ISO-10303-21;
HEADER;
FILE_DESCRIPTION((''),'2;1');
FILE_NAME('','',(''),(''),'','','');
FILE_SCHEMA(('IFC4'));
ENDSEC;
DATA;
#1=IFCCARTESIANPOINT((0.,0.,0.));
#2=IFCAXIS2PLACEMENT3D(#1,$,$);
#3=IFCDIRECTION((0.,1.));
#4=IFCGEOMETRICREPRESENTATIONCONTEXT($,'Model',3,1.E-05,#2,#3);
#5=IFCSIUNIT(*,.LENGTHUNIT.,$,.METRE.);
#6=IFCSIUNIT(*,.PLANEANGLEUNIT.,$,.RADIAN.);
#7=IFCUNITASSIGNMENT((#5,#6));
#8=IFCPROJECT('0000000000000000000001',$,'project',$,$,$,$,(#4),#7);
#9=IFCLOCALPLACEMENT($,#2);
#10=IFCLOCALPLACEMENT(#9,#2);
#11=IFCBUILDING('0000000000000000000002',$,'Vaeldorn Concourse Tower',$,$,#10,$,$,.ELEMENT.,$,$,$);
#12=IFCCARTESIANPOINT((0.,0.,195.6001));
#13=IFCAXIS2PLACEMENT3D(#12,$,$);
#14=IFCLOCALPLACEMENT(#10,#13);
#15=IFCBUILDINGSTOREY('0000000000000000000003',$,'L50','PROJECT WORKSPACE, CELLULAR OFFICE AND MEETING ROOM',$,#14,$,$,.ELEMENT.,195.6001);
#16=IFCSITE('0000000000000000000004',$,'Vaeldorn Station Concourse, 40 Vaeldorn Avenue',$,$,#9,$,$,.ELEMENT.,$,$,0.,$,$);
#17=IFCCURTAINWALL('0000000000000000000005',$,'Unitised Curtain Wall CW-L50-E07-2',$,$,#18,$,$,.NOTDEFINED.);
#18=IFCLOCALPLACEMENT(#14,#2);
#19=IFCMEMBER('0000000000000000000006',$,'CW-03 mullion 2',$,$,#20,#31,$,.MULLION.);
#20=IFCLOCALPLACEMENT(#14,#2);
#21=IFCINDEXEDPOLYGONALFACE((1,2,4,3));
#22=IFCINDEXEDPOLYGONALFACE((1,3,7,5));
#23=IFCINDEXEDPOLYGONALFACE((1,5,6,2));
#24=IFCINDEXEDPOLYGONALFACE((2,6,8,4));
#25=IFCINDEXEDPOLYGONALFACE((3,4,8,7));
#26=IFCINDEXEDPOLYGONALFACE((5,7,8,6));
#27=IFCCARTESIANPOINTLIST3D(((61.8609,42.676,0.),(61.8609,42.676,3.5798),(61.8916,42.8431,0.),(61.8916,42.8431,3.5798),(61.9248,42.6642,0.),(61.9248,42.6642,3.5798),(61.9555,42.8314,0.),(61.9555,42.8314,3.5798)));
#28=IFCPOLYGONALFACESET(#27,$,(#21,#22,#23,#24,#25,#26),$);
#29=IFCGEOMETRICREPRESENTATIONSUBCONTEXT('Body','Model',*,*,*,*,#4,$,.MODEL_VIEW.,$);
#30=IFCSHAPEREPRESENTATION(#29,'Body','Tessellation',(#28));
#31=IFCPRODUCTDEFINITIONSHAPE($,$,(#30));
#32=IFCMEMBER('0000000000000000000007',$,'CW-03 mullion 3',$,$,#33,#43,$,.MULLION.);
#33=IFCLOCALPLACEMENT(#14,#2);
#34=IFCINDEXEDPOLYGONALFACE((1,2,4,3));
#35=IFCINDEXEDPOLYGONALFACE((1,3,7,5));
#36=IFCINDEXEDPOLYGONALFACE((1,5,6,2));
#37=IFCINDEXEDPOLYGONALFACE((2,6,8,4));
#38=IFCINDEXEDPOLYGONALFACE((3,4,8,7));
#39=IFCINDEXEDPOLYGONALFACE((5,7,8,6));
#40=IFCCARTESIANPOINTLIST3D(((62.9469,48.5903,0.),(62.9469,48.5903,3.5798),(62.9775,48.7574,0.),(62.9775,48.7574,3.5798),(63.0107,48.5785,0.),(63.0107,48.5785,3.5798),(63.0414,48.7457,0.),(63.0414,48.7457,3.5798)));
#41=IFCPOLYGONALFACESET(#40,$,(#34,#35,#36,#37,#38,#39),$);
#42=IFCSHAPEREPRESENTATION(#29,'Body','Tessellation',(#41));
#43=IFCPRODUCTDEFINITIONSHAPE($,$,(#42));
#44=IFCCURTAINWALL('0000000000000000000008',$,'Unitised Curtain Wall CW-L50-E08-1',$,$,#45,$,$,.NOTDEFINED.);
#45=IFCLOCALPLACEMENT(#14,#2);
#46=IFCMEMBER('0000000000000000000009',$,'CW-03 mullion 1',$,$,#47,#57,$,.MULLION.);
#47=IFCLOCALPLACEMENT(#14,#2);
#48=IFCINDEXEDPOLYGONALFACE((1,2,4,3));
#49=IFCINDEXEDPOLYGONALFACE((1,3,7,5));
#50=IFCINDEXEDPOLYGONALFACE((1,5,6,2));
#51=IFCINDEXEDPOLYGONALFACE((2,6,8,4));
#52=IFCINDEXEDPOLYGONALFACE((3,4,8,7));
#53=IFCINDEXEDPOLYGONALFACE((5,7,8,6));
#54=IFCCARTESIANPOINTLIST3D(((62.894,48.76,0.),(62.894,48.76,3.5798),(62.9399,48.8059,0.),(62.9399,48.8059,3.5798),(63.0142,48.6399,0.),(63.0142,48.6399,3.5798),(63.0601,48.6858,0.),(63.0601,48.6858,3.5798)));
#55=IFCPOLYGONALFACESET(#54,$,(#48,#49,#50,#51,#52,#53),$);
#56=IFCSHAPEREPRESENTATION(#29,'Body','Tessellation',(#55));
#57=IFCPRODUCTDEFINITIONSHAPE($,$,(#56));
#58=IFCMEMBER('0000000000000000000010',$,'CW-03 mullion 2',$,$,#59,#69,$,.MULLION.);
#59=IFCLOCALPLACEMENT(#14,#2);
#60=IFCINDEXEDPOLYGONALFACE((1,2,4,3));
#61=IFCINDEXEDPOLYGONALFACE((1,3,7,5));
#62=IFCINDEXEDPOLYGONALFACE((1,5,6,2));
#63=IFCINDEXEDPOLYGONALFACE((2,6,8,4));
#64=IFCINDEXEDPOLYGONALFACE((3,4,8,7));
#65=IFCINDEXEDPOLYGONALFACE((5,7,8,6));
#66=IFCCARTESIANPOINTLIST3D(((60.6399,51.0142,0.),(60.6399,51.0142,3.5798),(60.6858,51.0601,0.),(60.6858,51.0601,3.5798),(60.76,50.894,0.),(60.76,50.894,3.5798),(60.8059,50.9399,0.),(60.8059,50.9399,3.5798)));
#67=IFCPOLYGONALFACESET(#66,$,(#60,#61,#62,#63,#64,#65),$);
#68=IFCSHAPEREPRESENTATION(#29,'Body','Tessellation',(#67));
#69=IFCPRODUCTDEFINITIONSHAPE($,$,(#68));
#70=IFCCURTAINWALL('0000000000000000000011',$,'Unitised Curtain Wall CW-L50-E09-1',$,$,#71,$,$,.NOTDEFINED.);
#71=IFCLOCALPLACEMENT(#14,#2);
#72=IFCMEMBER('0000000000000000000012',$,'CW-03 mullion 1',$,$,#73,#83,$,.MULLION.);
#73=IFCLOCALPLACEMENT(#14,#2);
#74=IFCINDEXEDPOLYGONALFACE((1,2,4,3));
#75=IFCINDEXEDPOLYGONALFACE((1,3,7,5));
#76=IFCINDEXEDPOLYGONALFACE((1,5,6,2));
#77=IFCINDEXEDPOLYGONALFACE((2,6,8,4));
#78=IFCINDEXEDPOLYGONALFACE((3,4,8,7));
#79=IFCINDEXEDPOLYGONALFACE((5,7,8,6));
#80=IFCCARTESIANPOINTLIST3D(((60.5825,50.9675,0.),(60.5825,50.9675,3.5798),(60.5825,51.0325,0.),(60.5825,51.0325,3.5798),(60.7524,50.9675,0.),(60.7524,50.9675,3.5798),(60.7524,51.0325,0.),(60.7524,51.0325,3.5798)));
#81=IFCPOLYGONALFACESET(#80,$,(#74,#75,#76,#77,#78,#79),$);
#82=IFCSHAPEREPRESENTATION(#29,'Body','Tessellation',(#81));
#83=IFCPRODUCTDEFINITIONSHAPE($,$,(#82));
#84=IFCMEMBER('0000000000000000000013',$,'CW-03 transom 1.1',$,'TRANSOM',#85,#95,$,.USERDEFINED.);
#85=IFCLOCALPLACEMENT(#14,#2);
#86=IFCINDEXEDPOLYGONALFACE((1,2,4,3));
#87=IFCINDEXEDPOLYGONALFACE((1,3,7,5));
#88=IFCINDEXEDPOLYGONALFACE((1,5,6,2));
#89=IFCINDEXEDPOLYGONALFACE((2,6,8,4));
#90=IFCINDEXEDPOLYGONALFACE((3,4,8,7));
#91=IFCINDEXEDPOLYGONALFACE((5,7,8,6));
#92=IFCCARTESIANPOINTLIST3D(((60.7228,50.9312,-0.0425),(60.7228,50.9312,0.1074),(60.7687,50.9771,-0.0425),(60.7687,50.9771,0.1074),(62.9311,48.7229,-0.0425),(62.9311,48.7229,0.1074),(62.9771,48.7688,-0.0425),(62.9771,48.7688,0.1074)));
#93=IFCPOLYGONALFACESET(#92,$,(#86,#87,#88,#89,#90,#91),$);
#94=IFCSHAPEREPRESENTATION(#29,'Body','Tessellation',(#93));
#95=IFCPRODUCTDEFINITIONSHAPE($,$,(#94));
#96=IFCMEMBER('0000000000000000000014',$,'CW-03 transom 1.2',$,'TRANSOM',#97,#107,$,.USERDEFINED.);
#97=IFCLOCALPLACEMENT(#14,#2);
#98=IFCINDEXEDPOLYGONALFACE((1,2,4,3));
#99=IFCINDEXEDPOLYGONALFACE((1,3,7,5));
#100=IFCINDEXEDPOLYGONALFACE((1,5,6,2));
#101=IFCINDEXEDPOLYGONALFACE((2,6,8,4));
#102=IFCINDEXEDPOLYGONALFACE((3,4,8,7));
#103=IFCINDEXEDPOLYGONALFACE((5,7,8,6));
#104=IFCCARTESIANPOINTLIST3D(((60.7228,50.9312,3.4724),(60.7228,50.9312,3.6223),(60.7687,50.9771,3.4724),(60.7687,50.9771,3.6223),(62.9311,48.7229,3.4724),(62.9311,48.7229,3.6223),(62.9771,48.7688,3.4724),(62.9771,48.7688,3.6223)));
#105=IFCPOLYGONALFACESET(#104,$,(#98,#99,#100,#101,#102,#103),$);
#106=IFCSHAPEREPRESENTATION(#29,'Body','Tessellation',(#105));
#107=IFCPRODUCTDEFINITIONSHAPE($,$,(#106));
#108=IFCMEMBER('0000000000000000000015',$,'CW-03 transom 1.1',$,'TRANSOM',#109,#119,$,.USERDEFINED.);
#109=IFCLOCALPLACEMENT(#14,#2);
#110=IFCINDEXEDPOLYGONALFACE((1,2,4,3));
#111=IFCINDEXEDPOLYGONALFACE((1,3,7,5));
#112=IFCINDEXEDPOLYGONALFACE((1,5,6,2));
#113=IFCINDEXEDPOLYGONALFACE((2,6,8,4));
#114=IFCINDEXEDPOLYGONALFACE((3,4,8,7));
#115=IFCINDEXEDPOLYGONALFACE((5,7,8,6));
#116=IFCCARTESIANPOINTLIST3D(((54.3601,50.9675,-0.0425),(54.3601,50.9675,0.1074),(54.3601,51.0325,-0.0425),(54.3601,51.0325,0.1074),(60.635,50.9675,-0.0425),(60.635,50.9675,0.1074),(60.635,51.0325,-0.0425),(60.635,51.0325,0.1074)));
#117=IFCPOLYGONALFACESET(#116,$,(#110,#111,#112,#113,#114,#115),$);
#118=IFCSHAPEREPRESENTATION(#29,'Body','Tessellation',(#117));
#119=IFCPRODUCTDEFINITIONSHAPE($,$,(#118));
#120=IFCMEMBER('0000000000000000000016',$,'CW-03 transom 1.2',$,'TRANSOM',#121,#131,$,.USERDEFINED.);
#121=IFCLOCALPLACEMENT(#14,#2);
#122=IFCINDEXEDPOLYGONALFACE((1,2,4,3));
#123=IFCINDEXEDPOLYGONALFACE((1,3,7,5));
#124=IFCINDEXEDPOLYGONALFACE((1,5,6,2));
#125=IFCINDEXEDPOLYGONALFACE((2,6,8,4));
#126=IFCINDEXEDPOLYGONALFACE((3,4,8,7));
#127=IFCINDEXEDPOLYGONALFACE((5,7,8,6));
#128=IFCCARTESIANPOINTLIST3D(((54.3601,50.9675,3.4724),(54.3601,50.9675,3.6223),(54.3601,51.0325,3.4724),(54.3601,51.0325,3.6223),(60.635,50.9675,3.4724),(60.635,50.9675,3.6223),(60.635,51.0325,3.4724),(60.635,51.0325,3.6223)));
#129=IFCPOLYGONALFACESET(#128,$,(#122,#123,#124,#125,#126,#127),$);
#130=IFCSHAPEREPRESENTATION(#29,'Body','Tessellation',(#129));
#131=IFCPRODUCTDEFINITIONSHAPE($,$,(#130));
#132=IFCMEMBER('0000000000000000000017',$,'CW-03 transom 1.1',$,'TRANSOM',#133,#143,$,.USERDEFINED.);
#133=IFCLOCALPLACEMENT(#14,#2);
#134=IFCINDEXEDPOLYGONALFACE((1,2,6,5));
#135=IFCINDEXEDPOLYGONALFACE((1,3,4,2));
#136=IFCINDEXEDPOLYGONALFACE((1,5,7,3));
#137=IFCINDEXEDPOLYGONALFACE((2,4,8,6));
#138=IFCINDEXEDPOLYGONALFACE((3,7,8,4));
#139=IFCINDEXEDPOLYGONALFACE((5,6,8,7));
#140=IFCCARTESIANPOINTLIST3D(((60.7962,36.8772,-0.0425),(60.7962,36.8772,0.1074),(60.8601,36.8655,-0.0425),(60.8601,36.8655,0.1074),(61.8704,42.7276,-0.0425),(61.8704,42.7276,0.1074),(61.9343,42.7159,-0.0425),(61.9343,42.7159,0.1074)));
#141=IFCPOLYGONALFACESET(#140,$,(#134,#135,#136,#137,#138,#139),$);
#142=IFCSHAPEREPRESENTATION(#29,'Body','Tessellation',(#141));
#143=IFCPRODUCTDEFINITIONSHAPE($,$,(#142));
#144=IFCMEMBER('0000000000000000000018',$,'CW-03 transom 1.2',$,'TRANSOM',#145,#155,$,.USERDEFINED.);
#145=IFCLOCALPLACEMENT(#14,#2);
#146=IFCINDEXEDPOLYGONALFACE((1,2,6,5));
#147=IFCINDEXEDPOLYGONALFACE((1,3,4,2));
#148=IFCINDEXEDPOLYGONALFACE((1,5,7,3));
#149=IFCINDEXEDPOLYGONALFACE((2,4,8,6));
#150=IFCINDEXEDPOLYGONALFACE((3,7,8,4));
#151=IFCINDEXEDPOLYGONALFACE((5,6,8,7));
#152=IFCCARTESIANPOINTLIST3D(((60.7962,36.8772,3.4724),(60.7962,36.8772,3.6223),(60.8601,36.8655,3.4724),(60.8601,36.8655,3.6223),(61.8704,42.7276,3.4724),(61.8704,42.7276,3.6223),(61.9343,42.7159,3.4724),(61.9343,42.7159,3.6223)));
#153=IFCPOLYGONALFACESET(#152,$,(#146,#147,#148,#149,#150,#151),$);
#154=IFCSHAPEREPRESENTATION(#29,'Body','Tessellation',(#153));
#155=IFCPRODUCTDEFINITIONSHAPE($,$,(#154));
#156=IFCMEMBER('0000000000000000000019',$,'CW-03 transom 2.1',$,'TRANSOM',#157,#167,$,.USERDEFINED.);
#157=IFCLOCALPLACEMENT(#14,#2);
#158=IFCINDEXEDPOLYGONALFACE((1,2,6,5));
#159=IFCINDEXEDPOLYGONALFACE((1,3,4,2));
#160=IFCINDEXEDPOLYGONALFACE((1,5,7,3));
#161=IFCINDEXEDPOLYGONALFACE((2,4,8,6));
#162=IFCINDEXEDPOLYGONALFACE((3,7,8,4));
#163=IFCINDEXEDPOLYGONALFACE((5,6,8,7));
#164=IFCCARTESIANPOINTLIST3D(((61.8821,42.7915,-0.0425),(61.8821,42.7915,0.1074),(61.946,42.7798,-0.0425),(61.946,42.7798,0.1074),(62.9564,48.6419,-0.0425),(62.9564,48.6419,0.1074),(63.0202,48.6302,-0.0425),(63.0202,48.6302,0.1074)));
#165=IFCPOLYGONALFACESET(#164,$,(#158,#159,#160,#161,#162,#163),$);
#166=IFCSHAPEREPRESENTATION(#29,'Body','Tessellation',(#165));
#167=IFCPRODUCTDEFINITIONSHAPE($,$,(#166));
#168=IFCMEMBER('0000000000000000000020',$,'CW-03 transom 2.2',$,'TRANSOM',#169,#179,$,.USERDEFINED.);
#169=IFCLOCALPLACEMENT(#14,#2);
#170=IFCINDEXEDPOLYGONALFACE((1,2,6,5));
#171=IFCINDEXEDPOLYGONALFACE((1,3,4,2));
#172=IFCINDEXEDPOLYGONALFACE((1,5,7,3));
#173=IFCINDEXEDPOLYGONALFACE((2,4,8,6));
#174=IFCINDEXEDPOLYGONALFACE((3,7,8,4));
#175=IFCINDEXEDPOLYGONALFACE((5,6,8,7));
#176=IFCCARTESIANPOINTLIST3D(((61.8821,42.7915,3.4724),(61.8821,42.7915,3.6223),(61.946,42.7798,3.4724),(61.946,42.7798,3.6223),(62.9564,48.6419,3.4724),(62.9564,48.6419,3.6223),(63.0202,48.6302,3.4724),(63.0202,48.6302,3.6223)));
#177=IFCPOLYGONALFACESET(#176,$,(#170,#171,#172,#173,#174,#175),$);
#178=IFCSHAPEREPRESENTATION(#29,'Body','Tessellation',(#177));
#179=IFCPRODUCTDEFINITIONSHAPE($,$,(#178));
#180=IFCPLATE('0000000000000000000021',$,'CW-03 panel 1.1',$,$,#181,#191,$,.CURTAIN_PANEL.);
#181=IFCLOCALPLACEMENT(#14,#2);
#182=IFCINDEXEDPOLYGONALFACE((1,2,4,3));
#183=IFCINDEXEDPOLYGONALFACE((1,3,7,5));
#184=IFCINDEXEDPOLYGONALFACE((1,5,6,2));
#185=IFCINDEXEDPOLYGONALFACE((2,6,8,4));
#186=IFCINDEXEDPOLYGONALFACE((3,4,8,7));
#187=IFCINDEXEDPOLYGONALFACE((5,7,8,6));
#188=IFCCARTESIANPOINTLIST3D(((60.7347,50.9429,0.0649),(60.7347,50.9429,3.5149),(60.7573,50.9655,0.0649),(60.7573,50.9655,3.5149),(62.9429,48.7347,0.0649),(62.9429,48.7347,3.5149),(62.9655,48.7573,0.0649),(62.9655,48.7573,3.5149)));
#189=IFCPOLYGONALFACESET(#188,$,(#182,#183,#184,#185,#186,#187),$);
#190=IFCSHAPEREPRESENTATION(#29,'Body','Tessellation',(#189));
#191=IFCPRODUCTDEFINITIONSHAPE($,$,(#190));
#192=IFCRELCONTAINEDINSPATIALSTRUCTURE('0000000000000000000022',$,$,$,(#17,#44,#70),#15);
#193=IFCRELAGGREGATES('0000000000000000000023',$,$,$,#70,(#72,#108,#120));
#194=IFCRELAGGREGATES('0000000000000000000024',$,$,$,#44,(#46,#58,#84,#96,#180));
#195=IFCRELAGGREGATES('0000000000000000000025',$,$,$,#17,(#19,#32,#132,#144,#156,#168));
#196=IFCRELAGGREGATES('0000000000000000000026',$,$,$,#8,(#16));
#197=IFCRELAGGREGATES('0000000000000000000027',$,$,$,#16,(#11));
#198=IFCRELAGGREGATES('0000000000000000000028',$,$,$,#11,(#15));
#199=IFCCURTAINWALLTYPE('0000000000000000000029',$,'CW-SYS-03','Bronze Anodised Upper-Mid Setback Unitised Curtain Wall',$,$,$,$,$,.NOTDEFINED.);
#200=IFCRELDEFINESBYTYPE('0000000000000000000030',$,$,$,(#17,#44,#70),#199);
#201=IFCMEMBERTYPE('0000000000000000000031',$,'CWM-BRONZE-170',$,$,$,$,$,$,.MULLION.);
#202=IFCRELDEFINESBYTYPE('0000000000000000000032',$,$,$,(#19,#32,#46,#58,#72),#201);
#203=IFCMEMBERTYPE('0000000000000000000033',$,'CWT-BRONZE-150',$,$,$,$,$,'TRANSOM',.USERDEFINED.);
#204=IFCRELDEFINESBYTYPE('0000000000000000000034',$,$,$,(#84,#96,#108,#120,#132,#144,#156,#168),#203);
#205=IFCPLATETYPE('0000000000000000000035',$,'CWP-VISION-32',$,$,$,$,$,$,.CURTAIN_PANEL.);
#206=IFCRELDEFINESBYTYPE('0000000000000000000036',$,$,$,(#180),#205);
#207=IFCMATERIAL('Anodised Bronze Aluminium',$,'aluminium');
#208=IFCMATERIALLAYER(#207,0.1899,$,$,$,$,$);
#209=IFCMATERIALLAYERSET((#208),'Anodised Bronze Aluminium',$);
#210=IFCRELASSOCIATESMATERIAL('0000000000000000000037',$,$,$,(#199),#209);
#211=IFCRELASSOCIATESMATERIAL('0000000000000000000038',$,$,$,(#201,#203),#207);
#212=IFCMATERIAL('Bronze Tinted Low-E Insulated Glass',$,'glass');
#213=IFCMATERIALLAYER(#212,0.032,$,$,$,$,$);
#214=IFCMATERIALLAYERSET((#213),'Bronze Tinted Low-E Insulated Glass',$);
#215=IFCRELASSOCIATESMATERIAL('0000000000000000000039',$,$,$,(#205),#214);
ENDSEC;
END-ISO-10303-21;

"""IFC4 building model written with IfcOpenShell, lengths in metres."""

from ifc_helpers import new_model, si_unit, direction, frame, origin, origin_2d, place, context, subcontext, project, spatial, rectangle, extrude, source, transform, mapped, material, layer, layer_set, material_profile, profile_set, type_object, element, aggregate, save


model = new_model("IFC4")

# Units and contexts
model_context = context("Model", 3, precision=1e-05, world=origin(), true_north=direction((0.0, 1.0)))
body_context = subcontext(model_context, "Body", "Model", "MODEL_VIEW")
ifc_project = project(units=[si_unit("LENGTHUNIT", "METRE"), si_unit("PLANEANGLEUNIT", "RADIAN")], contexts=[model_context])

# Site, building, storey
site_placement = place(None, origin())
site = spatial("IfcSite", under=ifc_project, at=site_placement, Name="Vaeldorn Station Concourse, 40 Vaeldorn Avenue", CompositionType="ELEMENT", RefElevation=0.0)
building_placement = place(site_placement, origin())
building = spatial("IfcBuilding", under=site, at=building_placement, Name="Vaeldorn Concourse Tower", CompositionType="ELEMENT")
storey_placement = place(building_placement, frame((0.0, 0.0, 195.6001)))
storey = spatial("IfcBuildingStorey", under=building, at=storey_placement, Name="L50", Description="PROJECT WORKSPACE, CELLULAR OFFICE AND MEETING ROOM", CompositionType="ELEMENT", Elevation=195.6001)

# Curtain walls, members
ifc_material_1 = material(Name="Anodised Bronze Aluminium", Category="aluminium")
ifc_layer_1 = layer(ifc_material_1, 0.1899)
ifc_layer_set_1 = layer_set([ifc_layer_1], Name="Anodised Bronze Aluminium")
curtain_wall_type = type_object("IfcCurtainWallType", Name="CW-SYS-03", Description="Bronze Anodised Upper-Mid Setback Unitised Curtain Wall", PredefinedType="NOTDEFINED", material=ifc_layer_set_1)
curtain_wall_1_placement = place(storey_placement, origin())
curtain_wall_1 = element("IfcCurtainWall", 1, at=curtain_wall_1_placement, inside=storey, type_object=curtain_wall_type, Name="Unitised Curtain Wall CW-L50-E07-2", PredefinedType="NOTDEFINED")
ifc_material_profile_1 = material_profile(ifc_material_1, rectangle(XDim=0.0649, YDim=0.1699, at=origin_2d()), Name="CWM 65x170")
ifc_profile_set_1 = profile_set([ifc_material_profile_1], Name="Anodised Bronze Aluminium")
member_type_1 = type_object("IfcMemberType", Name="CWM-BRONZE-170", PredefinedType="MULLION", material=ifc_profile_set_1)
shared_shape_1 = source(origin(), body_context, "Body", "SweptSolid", [
    extrude(rectangle(XDim=0.0649, YDim=0.1699, at=origin_2d()), origin(), (0.0, 0.0, 1.0), 3.5798),
])
member_1_placement = place(storey_placement, frame((61.9082, 42.7537, 0.0), z_axis=(0.0, 0.0, 1.0), x_axis=(-0.983559, 0.180585, 0.0)))
member_1 = element("IfcMember", 2, at=member_1_placement, type_object=member_type_1, Name="CW-03 mullion 2", PredefinedType="MULLION", context=body_context, shape_type="MappedRepresentation", body=[
    mapped(shared_shape_1, transform((0.0, 0.0, 0.0), scale=1.0)),
])
member_2_placement = place(storey_placement, frame((62.9941, 48.668, 0.0), z_axis=(0.0, 0.0, 1.0), x_axis=(-0.983559, 0.180585, 0.0)))
member_2 = element("IfcMember", 3, at=member_2_placement, type_object=member_type_1, Name="CW-03 mullion 3", PredefinedType="MULLION", context=body_context, shape_type="MappedRepresentation", body=[
    mapped(shared_shape_1, transform((0.0, 0.0, 0.0), scale=1.0)),
])
curtain_wall_2_placement = place(storey_placement, origin())
curtain_wall_2 = element("IfcCurtainWall", 4, at=curtain_wall_2_placement, inside=storey, type_object=curtain_wall_type, Name="Unitised Curtain Wall CW-L50-E08-1", PredefinedType="NOTDEFINED")
member_3_placement = place(storey_placement, frame((62.9771, 48.7229, 0.0), z_axis=(0.0, 0.0, 1.0), x_axis=(-0.707107, -0.707107, 0.0)))
member_3 = element("IfcMember", 5, at=member_3_placement, type_object=member_type_1, Name="CW-03 mullion 1", PredefinedType="MULLION", context=body_context, shape_type="MappedRepresentation", body=[
    mapped(shared_shape_1, transform((0.0, 0.0, 0.0), scale=1.0)),
])
member_4_placement = place(storey_placement, frame((60.7229, 50.9771, 0.0), z_axis=(0.0, 0.0, 1.0), x_axis=(-0.707107, -0.707107, 0.0)))
member_4 = element("IfcMember", 6, at=member_4_placement, type_object=member_type_1, Name="CW-03 mullion 2", PredefinedType="MULLION", context=body_context, shape_type="MappedRepresentation", body=[
    mapped(shared_shape_1, transform((0.0, 0.0, 0.0), scale=1.0)),
])

# Curtain wall, member
curtain_wall_3_placement = place(storey_placement, origin())
curtain_wall_3 = element("IfcCurtainWall", 7, at=curtain_wall_3_placement, inside=storey, type_object=curtain_wall_type, Name="Unitised Curtain Wall CW-L50-E09-1", PredefinedType="NOTDEFINED")
member_5_placement = place(storey_placement, frame((60.6675, 51.0, 0.0), z_axis=(0.0, 0.0, 1.0), x_axis=(0.0, -1.0, 0.0)))
member_5 = element("IfcMember", 8, at=member_5_placement, type_object=member_type_1, Name="CW-03 mullion 1", PredefinedType="MULLION", context=body_context, shape_type="MappedRepresentation", body=[
    mapped(shared_shape_1, transform((0.0, 0.0, 0.0), scale=1.0)),
])

# Members
ifc_material_profile_2 = material_profile(ifc_material_1, rectangle(XDim=0.0649, YDim=0.1499, at=origin_2d()), Name="CWT 65x150")
ifc_profile_set_2 = profile_set([ifc_material_profile_2], Name="Anodised Bronze Aluminium")
member_type_2 = type_object("IfcMemberType", Name="CWT-BRONZE-150", ElementType="TRANSOM", PredefinedType="USERDEFINED", material=ifc_profile_set_2)
shared_shape_2 = source(origin(), body_context, "Body", "SweptSolid", [
    extrude(rectangle(XDim=0.0649, YDim=0.1499, at=origin_2d()), origin(), (0.0, 0.0, 1.0), 3.123),
])
member_6_placement = place(storey_placement, frame((62.9541, 48.7458, 0.0325), z_axis=(-0.707107, 0.707107, 0.0), x_axis=(-0.707107, -0.707107, 0.0)))
member_6 = element("IfcMember", 9, at=member_6_placement, type_object=member_type_2, Name="CW-03 transom 1.1", ObjectType="TRANSOM", PredefinedType="USERDEFINED", context=body_context, shape_type="MappedRepresentation", body=[
    mapped(shared_shape_2, transform((0.0, 0.0, 0.0), scale=1.0)),
])
member_7_placement = place(storey_placement, frame((62.9541, 48.7458, 3.5474), z_axis=(-0.707107, 0.707107, 0.0), x_axis=(-0.707107, -0.707107, 0.0)))
member_7 = element("IfcMember", 10, at=member_7_placement, type_object=member_type_2, Name="CW-03 transom 1.2", ObjectType="TRANSOM", PredefinedType="USERDEFINED", context=body_context, shape_type="MappedRepresentation", body=[
    mapped(shared_shape_2, transform((0.0, 0.0, 0.0), scale=1.0)),
])
shared_shape_3 = source(origin(), body_context, "Body", "SweptSolid", [
    extrude(rectangle(XDim=0.0649, YDim=0.1499, at=origin_2d()), origin(), (0.0, 0.0, 1.0), 6.2749),
])
member_8_placement = place(storey_placement, frame((60.635, 51.0, 0.0325), z_axis=(-1.0, 0.0, 0.0), x_axis=(0.0, -1.0, 0.0)))
member_8 = element("IfcMember", 11, at=member_8_placement, type_object=member_type_2, Name="CW-03 transom 1.1", ObjectType="TRANSOM", PredefinedType="USERDEFINED", context=body_context, shape_type="MappedRepresentation", body=[
    mapped(shared_shape_3, transform((0.0, 0.0, 0.0), scale=1.0)),
])
member_9_placement = place(storey_placement, frame((60.635, 51.0, 3.5474), z_axis=(-1.0, 0.0, 0.0), x_axis=(0.0, -1.0, 0.0)))
member_9 = element("IfcMember", 12, at=member_9_placement, type_object=member_type_2, Name="CW-03 transom 1.2", ObjectType="TRANSOM", PredefinedType="USERDEFINED", context=body_context, shape_type="MappedRepresentation", body=[
    mapped(shared_shape_3, transform((0.0, 0.0, 0.0), scale=1.0)),
])
aggregate(curtain_wall_3, [member_5, member_8, member_9])
shared_shape_4 = source(origin(), body_context, "Body", "SweptSolid", [
    extrude(rectangle(XDim=0.0649, YDim=0.1499, at=origin_2d()), origin(), (0.0, 0.0, 1.0), 5.9482),
])
member_10_placement = place(storey_placement, frame((60.8281, 36.8713, 0.0325), z_axis=(0.180597, 0.983557, 0.0), x_axis=(-0.983557, 0.180597, 0.0)))
member_10 = element("IfcMember", 13, at=member_10_placement, type_object=member_type_2, Name="CW-03 transom 1.1", ObjectType="TRANSOM", PredefinedType="USERDEFINED", context=body_context, shape_type="MappedRepresentation", body=[
    mapped(shared_shape_4, transform((0.0, 0.0, 0.0), scale=1.0)),
])
member_11_placement = place(storey_placement, frame((60.8281, 36.8713, 3.5474), z_axis=(0.180597, 0.983557, 0.0), x_axis=(-0.983557, 0.180597, 0.0)))
member_11 = element("IfcMember", 14, at=member_11_placement, type_object=member_type_2, Name="CW-03 transom 1.2", ObjectType="TRANSOM", PredefinedType="USERDEFINED", context=body_context, shape_type="MappedRepresentation", body=[
    mapped(shared_shape_4, transform((0.0, 0.0, 0.0), scale=1.0)),
])
member_12_placement = place(storey_placement, frame((61.9141, 42.7856, 0.0325), z_axis=(0.180597, 0.983557, 0.0), x_axis=(-0.983557, 0.180597, 0.0)))
member_12 = element("IfcMember", 15, at=member_12_placement, type_object=member_type_2, Name="CW-03 transom 2.1", ObjectType="TRANSOM", PredefinedType="USERDEFINED", context=body_context, shape_type="MappedRepresentation", body=[
    mapped(shared_shape_4, transform((0.0, 0.0, 0.0), scale=1.0)),
])
member_13_placement = place(storey_placement, frame((61.9141, 42.7856, 3.5474), z_axis=(0.180597, 0.983557, 0.0), x_axis=(-0.983557, 0.180597, 0.0)))
member_13 = element("IfcMember", 16, at=member_13_placement, type_object=member_type_2, Name="CW-03 transom 2.2", ObjectType="TRANSOM", PredefinedType="USERDEFINED", context=body_context, shape_type="MappedRepresentation", body=[
    mapped(shared_shape_4, transform((0.0, 0.0, 0.0), scale=1.0)),
])

# Plate
ifc_material_2 = material(Name="Bronze Tinted Low-E Insulated Glass", Category="glass")
ifc_layer_2 = layer(ifc_material_2, 0.032)
ifc_layer_set_2 = layer_set([ifc_layer_2], Name="Bronze Tinted Low-E Insulated Glass")
plate_type = type_object("IfcPlateType", Name="CWP-VISION-32", PredefinedType="CURTAIN_PANEL", material=ifc_layer_set_2)
shared_shape_5 = source(origin(), body_context, "Body", "SweptSolid", [
    extrude(rectangle(XDim=3.1228, YDim=0.032, at=origin_2d()), origin(), (0.0, 0.0, 1.0), 3.45),
])
plate_1_placement = place(storey_placement, frame((61.8501, 49.8501, 0.0649), z_axis=(0.0, 0.0, 1.0), x_axis=(-0.707107, 0.707107, 0.0)))
plate_1 = element("IfcPlate", 17, at=plate_1_placement, type_object=plate_type, Name="CW-03 panel 1.1", PredefinedType="CURTAIN_PANEL", context=body_context, shape_type="MappedRepresentation", body=[
    mapped(shared_shape_5, transform((0.0, 0.0, 0.0), scale=1.0)),
])
aggregate(curtain_wall_2, [member_3, member_4, member_6, member_7, plate_1])
aggregate(curtain_wall_1, [member_1, member_2, member_10, member_11, member_12, member_13])

save(model, "model.ifc")
